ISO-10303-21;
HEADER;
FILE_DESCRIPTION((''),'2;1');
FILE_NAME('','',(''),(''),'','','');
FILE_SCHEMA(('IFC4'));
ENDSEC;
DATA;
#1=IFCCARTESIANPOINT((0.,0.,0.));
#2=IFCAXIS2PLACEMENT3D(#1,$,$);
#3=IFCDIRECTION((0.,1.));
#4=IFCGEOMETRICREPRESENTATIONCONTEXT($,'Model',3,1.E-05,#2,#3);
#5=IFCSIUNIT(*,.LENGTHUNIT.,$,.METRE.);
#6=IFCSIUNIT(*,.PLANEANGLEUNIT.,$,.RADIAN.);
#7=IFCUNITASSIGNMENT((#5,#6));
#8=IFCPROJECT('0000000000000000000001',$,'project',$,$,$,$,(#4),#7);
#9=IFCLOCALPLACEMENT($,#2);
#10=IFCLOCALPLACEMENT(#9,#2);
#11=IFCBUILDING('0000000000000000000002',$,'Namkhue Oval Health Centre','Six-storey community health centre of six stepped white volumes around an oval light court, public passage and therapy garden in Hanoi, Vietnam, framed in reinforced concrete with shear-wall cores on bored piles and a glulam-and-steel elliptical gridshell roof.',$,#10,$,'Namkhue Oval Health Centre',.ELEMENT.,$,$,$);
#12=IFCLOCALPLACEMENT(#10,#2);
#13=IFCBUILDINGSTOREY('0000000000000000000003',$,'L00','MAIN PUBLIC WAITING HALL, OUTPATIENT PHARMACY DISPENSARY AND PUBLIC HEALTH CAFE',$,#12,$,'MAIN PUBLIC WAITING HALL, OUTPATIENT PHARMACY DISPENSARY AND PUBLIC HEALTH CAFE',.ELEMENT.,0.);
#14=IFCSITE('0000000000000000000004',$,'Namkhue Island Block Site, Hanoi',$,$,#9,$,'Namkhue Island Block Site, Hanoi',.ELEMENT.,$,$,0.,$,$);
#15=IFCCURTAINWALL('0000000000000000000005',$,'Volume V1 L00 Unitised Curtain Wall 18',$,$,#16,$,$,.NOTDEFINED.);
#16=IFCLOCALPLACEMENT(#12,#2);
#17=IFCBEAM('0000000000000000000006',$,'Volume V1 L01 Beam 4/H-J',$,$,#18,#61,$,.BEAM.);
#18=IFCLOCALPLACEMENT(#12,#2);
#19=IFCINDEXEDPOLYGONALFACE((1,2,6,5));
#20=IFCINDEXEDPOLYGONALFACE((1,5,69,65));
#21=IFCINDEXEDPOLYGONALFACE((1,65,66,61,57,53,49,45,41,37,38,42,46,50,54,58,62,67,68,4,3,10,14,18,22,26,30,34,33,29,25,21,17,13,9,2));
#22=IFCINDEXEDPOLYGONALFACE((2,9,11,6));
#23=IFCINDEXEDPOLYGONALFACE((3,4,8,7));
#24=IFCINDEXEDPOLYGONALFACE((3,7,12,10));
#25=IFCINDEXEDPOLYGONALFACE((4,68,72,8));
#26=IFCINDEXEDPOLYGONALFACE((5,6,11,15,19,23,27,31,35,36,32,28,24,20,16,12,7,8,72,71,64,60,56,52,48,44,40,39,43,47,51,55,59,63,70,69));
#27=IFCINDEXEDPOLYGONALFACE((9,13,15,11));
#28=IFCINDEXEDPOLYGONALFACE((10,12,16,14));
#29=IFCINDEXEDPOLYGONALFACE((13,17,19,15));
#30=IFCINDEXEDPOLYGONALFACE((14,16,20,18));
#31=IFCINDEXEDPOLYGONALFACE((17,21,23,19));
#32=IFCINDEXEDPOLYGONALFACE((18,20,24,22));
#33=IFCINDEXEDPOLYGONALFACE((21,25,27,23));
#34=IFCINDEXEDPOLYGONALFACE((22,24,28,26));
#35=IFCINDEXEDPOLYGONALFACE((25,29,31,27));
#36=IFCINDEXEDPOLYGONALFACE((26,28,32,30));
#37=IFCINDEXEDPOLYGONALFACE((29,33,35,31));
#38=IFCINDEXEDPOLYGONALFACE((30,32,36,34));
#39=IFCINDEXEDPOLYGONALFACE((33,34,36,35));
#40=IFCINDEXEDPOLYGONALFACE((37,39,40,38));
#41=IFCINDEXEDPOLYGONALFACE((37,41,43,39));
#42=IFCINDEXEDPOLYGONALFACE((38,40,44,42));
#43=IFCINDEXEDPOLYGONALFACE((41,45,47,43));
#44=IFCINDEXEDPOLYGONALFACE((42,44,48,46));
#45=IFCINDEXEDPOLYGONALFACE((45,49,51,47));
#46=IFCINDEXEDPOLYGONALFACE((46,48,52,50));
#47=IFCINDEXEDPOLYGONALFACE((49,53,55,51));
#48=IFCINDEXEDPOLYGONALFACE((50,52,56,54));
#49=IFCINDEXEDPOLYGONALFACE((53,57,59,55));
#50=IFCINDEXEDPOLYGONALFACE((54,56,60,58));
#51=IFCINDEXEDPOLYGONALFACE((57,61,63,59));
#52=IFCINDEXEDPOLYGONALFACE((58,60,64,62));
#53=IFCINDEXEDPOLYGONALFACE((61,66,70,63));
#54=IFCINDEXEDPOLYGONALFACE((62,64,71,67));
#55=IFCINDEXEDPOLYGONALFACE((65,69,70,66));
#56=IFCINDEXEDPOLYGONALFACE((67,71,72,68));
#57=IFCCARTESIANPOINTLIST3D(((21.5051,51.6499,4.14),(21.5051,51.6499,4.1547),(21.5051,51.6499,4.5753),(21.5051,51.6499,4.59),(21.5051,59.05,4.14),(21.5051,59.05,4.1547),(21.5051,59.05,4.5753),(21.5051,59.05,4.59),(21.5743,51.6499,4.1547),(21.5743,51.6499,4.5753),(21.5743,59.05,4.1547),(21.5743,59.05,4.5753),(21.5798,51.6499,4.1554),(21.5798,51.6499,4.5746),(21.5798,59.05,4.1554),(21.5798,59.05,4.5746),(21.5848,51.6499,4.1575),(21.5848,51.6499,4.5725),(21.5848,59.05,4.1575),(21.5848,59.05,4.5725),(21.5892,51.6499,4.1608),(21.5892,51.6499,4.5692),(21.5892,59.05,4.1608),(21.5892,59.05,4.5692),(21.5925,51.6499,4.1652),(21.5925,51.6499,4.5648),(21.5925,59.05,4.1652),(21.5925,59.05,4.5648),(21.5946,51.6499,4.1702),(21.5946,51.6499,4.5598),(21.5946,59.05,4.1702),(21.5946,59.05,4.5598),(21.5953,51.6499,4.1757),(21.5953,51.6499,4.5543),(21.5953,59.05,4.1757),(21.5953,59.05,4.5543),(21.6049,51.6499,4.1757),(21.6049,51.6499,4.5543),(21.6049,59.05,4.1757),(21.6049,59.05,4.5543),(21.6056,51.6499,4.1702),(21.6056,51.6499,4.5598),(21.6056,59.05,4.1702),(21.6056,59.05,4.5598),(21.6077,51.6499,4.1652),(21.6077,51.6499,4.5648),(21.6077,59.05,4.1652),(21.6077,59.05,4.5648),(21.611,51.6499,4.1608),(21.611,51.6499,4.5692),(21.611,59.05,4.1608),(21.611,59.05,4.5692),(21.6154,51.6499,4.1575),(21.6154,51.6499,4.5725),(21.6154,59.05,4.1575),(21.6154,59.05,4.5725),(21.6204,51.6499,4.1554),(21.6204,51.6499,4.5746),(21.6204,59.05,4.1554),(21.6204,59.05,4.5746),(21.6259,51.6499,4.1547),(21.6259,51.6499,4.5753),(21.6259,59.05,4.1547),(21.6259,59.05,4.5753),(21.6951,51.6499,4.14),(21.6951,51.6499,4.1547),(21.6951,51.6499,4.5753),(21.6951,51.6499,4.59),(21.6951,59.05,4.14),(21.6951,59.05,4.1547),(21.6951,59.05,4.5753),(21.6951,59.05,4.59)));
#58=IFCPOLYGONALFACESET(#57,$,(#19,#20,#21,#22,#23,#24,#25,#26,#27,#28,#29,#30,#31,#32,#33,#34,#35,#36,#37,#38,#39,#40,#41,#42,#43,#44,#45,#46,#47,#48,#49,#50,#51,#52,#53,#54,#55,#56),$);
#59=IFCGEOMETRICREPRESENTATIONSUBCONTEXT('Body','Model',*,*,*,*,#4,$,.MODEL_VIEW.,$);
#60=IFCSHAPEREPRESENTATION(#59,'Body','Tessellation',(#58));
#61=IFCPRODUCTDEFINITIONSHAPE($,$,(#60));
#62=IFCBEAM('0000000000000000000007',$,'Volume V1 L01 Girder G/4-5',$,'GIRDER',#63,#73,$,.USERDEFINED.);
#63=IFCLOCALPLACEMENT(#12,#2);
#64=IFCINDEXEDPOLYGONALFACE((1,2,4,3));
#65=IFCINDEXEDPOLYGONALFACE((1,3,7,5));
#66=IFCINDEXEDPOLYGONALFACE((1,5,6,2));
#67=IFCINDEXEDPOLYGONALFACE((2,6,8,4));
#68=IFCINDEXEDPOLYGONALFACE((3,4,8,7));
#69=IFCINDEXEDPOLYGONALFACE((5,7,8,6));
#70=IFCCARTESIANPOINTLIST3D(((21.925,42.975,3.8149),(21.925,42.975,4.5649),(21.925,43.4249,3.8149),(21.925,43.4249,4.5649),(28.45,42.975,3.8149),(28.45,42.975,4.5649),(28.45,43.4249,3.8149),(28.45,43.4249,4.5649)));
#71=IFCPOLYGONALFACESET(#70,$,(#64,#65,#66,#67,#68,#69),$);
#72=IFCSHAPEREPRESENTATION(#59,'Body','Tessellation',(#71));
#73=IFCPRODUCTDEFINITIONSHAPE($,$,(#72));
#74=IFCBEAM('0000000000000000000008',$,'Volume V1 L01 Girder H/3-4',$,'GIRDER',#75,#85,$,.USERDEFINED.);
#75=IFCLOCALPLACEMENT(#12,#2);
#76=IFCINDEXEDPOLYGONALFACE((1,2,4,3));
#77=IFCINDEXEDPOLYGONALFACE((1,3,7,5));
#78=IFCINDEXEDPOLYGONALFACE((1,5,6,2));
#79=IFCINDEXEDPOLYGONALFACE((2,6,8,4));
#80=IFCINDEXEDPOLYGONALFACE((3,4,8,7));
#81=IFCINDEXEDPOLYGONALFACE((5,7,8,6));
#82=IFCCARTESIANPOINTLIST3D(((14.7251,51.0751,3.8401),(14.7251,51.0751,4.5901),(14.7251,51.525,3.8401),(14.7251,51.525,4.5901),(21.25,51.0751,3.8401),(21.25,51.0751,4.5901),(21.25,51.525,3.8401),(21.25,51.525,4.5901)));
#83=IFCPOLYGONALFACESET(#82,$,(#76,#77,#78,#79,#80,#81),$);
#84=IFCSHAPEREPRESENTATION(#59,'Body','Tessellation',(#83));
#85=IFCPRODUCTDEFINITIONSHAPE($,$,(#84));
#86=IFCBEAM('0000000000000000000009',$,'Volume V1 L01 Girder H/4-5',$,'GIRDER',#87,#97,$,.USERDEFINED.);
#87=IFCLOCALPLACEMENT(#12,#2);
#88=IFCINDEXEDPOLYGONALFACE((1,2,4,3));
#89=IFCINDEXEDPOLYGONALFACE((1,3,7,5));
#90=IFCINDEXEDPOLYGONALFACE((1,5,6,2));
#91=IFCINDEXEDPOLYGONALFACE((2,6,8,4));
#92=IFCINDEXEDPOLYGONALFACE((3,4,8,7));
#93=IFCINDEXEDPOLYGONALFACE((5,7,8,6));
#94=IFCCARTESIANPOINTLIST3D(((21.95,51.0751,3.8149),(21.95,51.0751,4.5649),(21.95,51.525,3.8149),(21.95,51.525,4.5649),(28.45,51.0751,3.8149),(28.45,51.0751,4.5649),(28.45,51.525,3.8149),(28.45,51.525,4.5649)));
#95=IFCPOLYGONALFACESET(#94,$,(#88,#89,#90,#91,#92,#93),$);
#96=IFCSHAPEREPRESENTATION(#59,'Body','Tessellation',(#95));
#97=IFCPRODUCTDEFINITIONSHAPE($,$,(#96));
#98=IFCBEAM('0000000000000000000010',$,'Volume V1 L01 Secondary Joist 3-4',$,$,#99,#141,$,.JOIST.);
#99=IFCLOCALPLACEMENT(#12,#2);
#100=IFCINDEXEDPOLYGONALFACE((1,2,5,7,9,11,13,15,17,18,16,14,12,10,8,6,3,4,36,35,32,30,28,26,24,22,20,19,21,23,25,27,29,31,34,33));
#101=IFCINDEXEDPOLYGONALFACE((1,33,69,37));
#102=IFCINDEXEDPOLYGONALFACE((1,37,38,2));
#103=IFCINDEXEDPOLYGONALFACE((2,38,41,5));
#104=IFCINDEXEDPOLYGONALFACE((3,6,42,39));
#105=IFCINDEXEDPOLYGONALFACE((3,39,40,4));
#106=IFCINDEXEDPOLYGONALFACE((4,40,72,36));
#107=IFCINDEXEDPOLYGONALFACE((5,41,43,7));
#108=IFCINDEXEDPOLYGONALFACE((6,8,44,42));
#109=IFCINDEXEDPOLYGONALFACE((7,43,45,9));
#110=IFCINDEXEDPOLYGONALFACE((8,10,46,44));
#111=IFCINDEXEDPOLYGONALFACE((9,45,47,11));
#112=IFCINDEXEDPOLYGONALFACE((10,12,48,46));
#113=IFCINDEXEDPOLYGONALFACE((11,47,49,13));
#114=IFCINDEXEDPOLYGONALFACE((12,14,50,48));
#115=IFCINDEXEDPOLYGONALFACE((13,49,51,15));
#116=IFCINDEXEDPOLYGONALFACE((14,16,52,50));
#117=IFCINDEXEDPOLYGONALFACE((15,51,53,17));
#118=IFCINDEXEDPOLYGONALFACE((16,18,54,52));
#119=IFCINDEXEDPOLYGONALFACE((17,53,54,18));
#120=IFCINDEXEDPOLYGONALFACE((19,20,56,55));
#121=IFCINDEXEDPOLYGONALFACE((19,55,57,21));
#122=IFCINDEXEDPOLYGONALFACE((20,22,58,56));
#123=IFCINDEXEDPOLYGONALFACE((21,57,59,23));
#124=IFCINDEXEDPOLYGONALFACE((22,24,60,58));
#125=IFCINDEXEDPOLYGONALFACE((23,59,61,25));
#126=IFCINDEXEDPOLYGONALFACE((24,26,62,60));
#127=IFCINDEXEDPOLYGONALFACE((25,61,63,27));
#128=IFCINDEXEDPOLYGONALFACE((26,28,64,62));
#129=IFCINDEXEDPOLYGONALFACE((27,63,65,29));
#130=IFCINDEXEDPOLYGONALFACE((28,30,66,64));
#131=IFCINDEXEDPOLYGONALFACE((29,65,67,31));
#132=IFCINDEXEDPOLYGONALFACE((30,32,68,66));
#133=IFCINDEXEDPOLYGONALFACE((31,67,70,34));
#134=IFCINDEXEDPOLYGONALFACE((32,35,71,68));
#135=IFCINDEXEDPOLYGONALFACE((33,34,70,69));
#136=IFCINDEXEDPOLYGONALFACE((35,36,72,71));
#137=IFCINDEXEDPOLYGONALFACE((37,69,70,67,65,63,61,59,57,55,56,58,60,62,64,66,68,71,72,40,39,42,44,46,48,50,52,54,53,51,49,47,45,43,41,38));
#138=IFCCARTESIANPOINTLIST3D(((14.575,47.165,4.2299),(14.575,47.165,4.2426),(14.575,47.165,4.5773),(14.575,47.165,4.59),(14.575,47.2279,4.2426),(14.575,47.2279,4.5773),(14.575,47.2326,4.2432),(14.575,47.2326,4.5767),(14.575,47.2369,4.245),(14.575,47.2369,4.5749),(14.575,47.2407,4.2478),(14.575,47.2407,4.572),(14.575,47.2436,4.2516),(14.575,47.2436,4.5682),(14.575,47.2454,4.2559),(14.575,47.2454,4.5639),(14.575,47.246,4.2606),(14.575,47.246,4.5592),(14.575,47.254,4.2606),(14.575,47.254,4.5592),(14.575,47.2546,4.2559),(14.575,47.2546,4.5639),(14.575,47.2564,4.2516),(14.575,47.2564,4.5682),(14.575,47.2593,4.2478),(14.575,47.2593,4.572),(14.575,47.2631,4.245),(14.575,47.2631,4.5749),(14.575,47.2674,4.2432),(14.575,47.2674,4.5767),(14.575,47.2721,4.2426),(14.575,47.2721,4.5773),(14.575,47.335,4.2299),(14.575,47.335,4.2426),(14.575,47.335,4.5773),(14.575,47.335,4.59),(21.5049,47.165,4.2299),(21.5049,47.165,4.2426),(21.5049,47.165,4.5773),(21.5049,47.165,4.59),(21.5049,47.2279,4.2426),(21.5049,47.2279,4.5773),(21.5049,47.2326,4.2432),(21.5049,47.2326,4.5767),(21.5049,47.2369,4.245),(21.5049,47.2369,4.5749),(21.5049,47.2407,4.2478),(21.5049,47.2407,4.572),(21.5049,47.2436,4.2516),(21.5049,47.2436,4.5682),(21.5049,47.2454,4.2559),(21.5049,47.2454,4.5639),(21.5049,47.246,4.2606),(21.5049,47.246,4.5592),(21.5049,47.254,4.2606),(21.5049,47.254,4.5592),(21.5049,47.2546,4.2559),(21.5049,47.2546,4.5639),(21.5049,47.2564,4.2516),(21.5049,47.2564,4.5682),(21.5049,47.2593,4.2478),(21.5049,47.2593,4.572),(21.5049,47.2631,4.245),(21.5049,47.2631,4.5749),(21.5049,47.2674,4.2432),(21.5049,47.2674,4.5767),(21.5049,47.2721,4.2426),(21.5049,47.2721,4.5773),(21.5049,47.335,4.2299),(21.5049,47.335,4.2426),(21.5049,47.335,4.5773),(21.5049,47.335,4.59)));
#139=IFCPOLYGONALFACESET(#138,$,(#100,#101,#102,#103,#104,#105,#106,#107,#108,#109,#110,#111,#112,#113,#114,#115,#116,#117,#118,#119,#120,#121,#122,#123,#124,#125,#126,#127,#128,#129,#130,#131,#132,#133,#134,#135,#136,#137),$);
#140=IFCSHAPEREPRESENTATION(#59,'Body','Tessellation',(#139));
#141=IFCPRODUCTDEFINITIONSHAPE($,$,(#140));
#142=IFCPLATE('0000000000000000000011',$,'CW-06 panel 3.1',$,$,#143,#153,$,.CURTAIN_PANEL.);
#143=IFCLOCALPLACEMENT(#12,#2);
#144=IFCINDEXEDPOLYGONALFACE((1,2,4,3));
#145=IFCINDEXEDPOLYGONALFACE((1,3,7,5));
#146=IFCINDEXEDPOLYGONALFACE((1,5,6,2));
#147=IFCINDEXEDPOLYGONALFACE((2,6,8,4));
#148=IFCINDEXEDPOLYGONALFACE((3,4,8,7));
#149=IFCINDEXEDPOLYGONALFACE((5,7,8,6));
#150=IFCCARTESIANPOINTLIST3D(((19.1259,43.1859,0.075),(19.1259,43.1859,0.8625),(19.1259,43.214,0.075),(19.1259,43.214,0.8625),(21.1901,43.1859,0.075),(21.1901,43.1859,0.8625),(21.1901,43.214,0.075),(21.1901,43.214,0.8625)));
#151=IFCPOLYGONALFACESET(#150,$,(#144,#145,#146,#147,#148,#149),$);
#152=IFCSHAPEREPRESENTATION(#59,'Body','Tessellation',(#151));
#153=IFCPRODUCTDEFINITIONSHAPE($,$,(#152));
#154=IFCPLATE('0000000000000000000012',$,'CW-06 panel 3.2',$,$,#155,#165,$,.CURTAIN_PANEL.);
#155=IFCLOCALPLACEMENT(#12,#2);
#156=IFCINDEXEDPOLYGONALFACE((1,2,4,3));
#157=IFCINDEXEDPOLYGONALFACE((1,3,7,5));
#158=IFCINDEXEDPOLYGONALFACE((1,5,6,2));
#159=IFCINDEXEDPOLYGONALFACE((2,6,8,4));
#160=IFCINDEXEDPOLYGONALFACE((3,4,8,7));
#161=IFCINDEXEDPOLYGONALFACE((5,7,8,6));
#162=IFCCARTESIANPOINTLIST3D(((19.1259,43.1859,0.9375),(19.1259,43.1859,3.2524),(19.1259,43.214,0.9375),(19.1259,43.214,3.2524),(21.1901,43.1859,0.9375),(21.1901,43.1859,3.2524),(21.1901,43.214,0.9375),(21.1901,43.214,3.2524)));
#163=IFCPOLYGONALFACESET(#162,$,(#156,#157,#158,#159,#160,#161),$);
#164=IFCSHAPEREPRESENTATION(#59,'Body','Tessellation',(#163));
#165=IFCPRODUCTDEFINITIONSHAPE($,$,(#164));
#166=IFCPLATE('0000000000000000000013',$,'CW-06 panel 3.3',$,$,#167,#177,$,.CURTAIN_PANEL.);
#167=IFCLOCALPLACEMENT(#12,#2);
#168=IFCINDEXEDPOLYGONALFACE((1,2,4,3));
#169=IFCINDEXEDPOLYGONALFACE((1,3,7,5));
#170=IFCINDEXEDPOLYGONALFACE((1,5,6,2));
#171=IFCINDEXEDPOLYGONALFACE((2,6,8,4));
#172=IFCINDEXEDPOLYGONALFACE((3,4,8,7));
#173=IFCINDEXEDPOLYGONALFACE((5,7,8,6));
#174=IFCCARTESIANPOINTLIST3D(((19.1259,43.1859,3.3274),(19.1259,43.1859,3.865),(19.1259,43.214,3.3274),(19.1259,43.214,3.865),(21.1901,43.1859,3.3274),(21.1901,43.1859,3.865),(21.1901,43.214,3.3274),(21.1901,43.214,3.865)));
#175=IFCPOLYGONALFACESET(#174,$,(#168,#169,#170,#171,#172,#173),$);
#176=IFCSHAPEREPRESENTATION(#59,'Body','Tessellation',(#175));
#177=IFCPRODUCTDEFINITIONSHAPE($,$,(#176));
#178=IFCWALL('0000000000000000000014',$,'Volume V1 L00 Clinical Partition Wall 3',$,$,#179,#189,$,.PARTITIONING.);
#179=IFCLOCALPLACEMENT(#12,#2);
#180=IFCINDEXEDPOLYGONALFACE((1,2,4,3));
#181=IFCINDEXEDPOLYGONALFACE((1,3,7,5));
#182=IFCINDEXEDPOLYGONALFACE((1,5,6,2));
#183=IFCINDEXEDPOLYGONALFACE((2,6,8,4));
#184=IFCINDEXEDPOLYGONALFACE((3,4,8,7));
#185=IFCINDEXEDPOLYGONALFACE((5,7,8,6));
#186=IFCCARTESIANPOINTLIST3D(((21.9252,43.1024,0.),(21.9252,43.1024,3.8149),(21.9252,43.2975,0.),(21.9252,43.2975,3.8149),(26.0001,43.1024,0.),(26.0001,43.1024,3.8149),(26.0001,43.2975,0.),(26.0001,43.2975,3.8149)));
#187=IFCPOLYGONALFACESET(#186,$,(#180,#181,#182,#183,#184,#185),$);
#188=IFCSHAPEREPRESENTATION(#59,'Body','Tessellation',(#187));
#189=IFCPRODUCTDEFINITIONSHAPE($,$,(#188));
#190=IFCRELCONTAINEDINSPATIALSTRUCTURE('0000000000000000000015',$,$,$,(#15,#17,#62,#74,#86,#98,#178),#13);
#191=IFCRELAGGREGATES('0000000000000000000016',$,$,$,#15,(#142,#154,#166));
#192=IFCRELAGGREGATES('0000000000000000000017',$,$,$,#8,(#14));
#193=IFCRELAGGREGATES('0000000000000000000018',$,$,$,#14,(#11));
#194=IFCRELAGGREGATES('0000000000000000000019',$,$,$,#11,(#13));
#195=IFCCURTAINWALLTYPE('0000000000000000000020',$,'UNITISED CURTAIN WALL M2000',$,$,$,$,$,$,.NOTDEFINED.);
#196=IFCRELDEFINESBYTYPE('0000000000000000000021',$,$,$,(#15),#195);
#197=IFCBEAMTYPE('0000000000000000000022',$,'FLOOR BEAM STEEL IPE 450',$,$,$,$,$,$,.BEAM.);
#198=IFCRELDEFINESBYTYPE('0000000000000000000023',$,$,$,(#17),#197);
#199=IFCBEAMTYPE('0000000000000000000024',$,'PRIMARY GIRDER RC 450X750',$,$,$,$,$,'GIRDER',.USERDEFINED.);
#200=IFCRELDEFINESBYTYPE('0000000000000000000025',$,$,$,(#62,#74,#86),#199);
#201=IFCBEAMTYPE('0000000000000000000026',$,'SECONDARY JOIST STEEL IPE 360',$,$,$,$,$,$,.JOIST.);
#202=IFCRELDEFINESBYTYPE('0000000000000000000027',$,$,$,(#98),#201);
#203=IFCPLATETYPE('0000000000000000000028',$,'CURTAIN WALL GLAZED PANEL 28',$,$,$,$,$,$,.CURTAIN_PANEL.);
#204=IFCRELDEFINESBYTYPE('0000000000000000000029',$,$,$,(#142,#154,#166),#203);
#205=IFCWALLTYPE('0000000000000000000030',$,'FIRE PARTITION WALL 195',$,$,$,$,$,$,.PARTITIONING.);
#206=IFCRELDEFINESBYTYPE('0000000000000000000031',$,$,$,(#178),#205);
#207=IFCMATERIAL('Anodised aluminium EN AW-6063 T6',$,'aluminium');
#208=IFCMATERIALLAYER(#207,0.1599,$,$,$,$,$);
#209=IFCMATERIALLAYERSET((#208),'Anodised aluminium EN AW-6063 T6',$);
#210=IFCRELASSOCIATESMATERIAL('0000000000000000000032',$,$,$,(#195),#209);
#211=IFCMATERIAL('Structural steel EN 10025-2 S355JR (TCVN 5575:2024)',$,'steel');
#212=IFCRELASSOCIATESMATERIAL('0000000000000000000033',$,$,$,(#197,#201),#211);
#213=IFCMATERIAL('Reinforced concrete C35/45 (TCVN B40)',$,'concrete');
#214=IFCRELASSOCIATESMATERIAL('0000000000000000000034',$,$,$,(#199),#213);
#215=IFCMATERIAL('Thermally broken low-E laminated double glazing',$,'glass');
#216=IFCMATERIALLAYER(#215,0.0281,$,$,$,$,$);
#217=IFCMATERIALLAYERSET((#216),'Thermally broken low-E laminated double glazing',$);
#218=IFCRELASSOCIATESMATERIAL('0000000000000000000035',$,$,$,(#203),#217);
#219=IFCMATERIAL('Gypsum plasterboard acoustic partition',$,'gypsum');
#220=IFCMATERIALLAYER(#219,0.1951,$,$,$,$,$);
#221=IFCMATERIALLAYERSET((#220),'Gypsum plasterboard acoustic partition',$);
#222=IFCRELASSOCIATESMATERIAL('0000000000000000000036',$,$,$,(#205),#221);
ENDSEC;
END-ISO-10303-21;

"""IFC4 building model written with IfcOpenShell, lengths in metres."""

from ifc_helpers import new_model, si_unit, direction, frame, frame_2d, origin, origin_2d, place, context, subcontext, project, spatial, rectangle, i_section, extrude, material, layer, layer_set, material_profile, profile_set, type_object, element, aggregate, save


model = new_model("IFC4")

# Units and contexts
model_context = context("Model", 3, precision=1e-05, world=origin(), true_north=direction((0.0, 1.0)))
body_context = subcontext(model_context, "Body", "Model", "MODEL_VIEW")
ifc_project = project(units=[si_unit("LENGTHUNIT", "METRE"), si_unit("PLANEANGLEUNIT", "RADIAN")], contexts=[model_context])

# Site, building, storey
site_placement = place(None, origin())
site = spatial("IfcSite", under=ifc_project, at=site_placement, Name="Namkhue Island Block Site, Hanoi", LongName="Namkhue Island Block Site, Hanoi", CompositionType="ELEMENT", RefElevation=0.0)
building_placement = place(site_placement, origin())
building = spatial("IfcBuilding", under=site, at=building_placement, Name="Namkhue Oval Health Centre", Description="Six-storey community health centre of six stepped white volumes around an oval light court, public passage and therapy garden in Hanoi, Vietnam, framed in reinforced concrete with shear-wall cores on bored piles and a glulam-and-steel elliptical gridshell roof.", LongName="Namkhue Oval Health Centre", CompositionType="ELEMENT")
storey_placement = place(building_placement, origin())
storey = spatial("IfcBuildingStorey", under=building, at=storey_placement, Name="L00", Description="MAIN PUBLIC WAITING HALL, OUTPATIENT PHARMACY DISPENSARY AND PUBLIC HEALTH CAFE", LongName="MAIN PUBLIC WAITING HALL, OUTPATIENT PHARMACY DISPENSARY AND PUBLIC HEALTH CAFE", CompositionType="ELEMENT", Elevation=0.0)

# Shared definitions
ifc_material_1 = material(Name="Reinforced concrete C35/45 (TCVN B40)", Category="concrete")

# Curtain wall
ifc_material_2 = material(Name="Anodised aluminium EN AW-6063 T6", Category="aluminium")
ifc_layer_1 = layer(ifc_material_2, 0.1599)
ifc_layer_set_1 = layer_set([ifc_layer_1], Name="Anodised aluminium EN AW-6063 T6")
curtain_wall_type = type_object("IfcCurtainWallType", Name="UNITISED CURTAIN WALL M2000", PredefinedType="NOTDEFINED", material=ifc_layer_set_1)
curtain_wall_placement = place(storey_placement, origin())
curtain_wall = element("IfcCurtainWall", 1, at=curtain_wall_placement, inside=storey, type_object=curtain_wall_type, Name="Volume V1 L00 Unitised Curtain Wall 18", PredefinedType="NOTDEFINED")

# Beams
ifc_material_3 = material(Name="Structural steel EN 10025-2 S355JR (TCVN 5575:2024)", Category="steel")
ifc_material_profile_1 = material_profile(ifc_material_3, i_section(OverallWidth=0.1899, OverallDepth=0.45, WebThickness=0.0095, FlangeThickness=0.0146, FilletRadius=0.021, at=origin_2d()), Name="IPE 450")
ifc_profile_set_1 = profile_set([ifc_material_profile_1], Name="Structural steel EN 10025-2 S355JR (TCVN 5575:2024)")
beam_type_1 = type_object("IfcBeamType", Name="FLOOR BEAM STEEL IPE 450", PredefinedType="BEAM", material=ifc_profile_set_1)
beam_1_placement = place(storey_placement, frame((21.6001, 51.6499, 4.365), z_axis=(0.0, 1.0, 0.0), x_axis=(-1.0, 0.0, 0.0)))
element("IfcBeam", 2, at=beam_1_placement, inside=storey, type_object=beam_type_1, Name="Volume V1 L01 Beam 4/H-J", PredefinedType="BEAM", context=body_context, shape_type="SweptSolid", body=[
    extrude(i_section(OverallWidth=0.1899, OverallDepth=0.45, WebThickness=0.0095, FlangeThickness=0.0146, FilletRadius=0.021, at=origin_2d()), origin(), (0.0, 0.0, 1.0), 7.4001),
])
ifc_material_profile_2 = material_profile(ifc_material_1, rectangle(XDim=0.45, YDim=0.75, at=origin_2d()), Name="RC 450x750")
ifc_profile_set_2 = profile_set([ifc_material_profile_2], Name="Reinforced concrete C35/45 (TCVN B40)")
beam_type_2 = type_object("IfcBeamType", Name="PRIMARY GIRDER RC 450X750", ElementType="GIRDER", PredefinedType="USERDEFINED", material=ifc_profile_set_2)
for number, where, z_axis, x_axis, name in (
    (3, (21.925, 43.2, 4.1899), (1.0, 0.0, 0.0), (0.0, 1.0, 0.0), "Volume V1 L01 Girder G/4-5"),
    (4, (14.7251, 51.3, 4.2151), (1.0, 0.0, 0.0), (0.0, 1.0, 0.0), "Volume V1 L01 Girder H/3-4"),
):
    element("IfcBeam", number, at=place(storey_placement, frame(where, z_axis=z_axis, x_axis=x_axis)), inside=storey, type_object=beam_type_2, Name=name, ObjectType="GIRDER", PredefinedType="USERDEFINED", context=body_context, shape_type="SweptSolid", body=[
        extrude(rectangle(XDim=0.45, YDim=0.75, at=origin_2d()), origin(), (0.0, 0.0, 1.0), 6.5249),
    ])
beam_2_placement = place(storey_placement, frame((21.95, 51.3, 4.1899), z_axis=(1.0, 0.0, 0.0), x_axis=(0.0, 1.0, 0.0)))
element("IfcBeam", 5, at=beam_2_placement, inside=storey, type_object=beam_type_2, Name="Volume V1 L01 Girder H/4-5", ObjectType="GIRDER", PredefinedType="USERDEFINED", context=body_context, shape_type="SweptSolid", body=[
    extrude(rectangle(XDim=0.45, YDim=0.75, at=origin_2d()), origin(), (0.0, 0.0, 1.0), 6.5),
])
ifc_material_profile_3 = material_profile(ifc_material_3, i_section(OverallWidth=0.1699, OverallDepth=0.3601, WebThickness=0.0081, FlangeThickness=0.0127, FilletRadius=0.0181, at=origin_2d()), Name="IPE 360")
ifc_profile_set_3 = profile_set([ifc_material_profile_3], Name="Structural steel EN 10025-2 S355JR (TCVN 5575:2024)")
beam_type_3 = type_object("IfcBeamType", Name="SECONDARY JOIST STEEL IPE 360", PredefinedType="JOIST", material=ifc_profile_set_3)
beam_3_placement = place(storey_placement, frame((14.575, 47.25, 4.4099), z_axis=(1.0, 0.0, 0.0), x_axis=(0.0, 1.0, 0.0)))
element("IfcBeam", 6, at=beam_3_placement, inside=storey, type_object=beam_type_3, Name="Volume V1 L01 Secondary Joist 3-4", PredefinedType="JOIST", context=body_context, shape_type="SweptSolid", body=[
    extrude(i_section(OverallWidth=0.1699, OverallDepth=0.3601, WebThickness=0.0081, FlangeThickness=0.0127, FilletRadius=0.0181, at=origin_2d()), origin(), (0.0, 0.0, 1.0), 6.9299),
])

# Plates
ifc_material_4 = material(Name="Thermally broken low-E laminated double glazing", Category="glass")
ifc_layer_2 = layer(ifc_material_4, 0.0281)
ifc_layer_set_2 = layer_set([ifc_layer_2], Name="Thermally broken low-E laminated double glazing")
plate_type = type_object("IfcPlateType", Name="CURTAIN WALL GLAZED PANEL 28", PredefinedType="CURTAIN_PANEL", material=ifc_layer_set_2)
plate_1_placement = place(storey_placement, frame((20.158, 43.2, 0.075), z_axis=(0.0, 0.0, 1.0), x_axis=(1.0, 0.0, 0.0)))
plate_1 = element("IfcPlate", 7, at=plate_1_placement, type_object=plate_type, Name="CW-06 panel 3.1", PredefinedType="CURTAIN_PANEL", context=body_context, shape_type="SweptSolid", body=[
    extrude(rectangle(XDim=2.0642, YDim=0.0281, at=origin_2d()), origin(), (0.0, 0.0, 1.0), 0.7876),
])
plate_2_placement = place(storey_placement, frame((20.158, 43.2, 0.9375), z_axis=(0.0, 0.0, 1.0), x_axis=(1.0, 0.0, 0.0)))
plate_2 = element("IfcPlate", 8, at=plate_2_placement, type_object=plate_type, Name="CW-06 panel 3.2", PredefinedType="CURTAIN_PANEL", context=body_context, shape_type="SweptSolid", body=[
    extrude(rectangle(XDim=2.0642, YDim=0.0281, at=origin_2d()), origin(), (0.0, 0.0, 1.0), 2.3149),
])
plate_3_placement = place(storey_placement, frame((20.158, 43.2, 3.3274), z_axis=(0.0, 0.0, 1.0), x_axis=(1.0, 0.0, 0.0)))
plate_3 = element("IfcPlate", 9, at=plate_3_placement, type_object=plate_type, Name="CW-06 panel 3.3", PredefinedType="CURTAIN_PANEL", context=body_context, shape_type="SweptSolid", body=[
    extrude(rectangle(XDim=2.0642, YDim=0.0281, at=origin_2d()), origin(), (0.0, 0.0, 1.0), 0.5376),
])
aggregate(curtain_wall, [plate_1, plate_2, plate_3])

# Wall
ifc_material_5 = material(Name="Gypsum plasterboard acoustic partition", Category="gypsum")
ifc_layer_3 = layer(ifc_material_5, 0.1951)
ifc_layer_set_3 = layer_set([ifc_layer_3], Name="Gypsum plasterboard acoustic partition")
wall_type_1 = type_object("IfcWallType", Name="FIRE PARTITION WALL 195", PredefinedType="PARTITIONING", material=ifc_layer_set_3)
wall_1_placement = place(storey_placement, frame((21.925, 43.2, 0.0), z_axis=(0.0, 0.0, 1.0), x_axis=(1.0, 0.0, 0.0)))
element("IfcWall", 10, at=wall_1_placement, inside=storey, type_object=wall_type_1, Name="Volume V1 L00 Clinical Partition Wall 3", PredefinedType="PARTITIONING", context=body_context, shape_type="SweptSolid", body=[
    extrude(rectangle(XDim=4.075, YDim=0.1951, at=frame_2d((2.0376, 0.0))), origin(), (0.0, 0.0, 1.0), 3.8149),
])

save(model, "model.ifc")
